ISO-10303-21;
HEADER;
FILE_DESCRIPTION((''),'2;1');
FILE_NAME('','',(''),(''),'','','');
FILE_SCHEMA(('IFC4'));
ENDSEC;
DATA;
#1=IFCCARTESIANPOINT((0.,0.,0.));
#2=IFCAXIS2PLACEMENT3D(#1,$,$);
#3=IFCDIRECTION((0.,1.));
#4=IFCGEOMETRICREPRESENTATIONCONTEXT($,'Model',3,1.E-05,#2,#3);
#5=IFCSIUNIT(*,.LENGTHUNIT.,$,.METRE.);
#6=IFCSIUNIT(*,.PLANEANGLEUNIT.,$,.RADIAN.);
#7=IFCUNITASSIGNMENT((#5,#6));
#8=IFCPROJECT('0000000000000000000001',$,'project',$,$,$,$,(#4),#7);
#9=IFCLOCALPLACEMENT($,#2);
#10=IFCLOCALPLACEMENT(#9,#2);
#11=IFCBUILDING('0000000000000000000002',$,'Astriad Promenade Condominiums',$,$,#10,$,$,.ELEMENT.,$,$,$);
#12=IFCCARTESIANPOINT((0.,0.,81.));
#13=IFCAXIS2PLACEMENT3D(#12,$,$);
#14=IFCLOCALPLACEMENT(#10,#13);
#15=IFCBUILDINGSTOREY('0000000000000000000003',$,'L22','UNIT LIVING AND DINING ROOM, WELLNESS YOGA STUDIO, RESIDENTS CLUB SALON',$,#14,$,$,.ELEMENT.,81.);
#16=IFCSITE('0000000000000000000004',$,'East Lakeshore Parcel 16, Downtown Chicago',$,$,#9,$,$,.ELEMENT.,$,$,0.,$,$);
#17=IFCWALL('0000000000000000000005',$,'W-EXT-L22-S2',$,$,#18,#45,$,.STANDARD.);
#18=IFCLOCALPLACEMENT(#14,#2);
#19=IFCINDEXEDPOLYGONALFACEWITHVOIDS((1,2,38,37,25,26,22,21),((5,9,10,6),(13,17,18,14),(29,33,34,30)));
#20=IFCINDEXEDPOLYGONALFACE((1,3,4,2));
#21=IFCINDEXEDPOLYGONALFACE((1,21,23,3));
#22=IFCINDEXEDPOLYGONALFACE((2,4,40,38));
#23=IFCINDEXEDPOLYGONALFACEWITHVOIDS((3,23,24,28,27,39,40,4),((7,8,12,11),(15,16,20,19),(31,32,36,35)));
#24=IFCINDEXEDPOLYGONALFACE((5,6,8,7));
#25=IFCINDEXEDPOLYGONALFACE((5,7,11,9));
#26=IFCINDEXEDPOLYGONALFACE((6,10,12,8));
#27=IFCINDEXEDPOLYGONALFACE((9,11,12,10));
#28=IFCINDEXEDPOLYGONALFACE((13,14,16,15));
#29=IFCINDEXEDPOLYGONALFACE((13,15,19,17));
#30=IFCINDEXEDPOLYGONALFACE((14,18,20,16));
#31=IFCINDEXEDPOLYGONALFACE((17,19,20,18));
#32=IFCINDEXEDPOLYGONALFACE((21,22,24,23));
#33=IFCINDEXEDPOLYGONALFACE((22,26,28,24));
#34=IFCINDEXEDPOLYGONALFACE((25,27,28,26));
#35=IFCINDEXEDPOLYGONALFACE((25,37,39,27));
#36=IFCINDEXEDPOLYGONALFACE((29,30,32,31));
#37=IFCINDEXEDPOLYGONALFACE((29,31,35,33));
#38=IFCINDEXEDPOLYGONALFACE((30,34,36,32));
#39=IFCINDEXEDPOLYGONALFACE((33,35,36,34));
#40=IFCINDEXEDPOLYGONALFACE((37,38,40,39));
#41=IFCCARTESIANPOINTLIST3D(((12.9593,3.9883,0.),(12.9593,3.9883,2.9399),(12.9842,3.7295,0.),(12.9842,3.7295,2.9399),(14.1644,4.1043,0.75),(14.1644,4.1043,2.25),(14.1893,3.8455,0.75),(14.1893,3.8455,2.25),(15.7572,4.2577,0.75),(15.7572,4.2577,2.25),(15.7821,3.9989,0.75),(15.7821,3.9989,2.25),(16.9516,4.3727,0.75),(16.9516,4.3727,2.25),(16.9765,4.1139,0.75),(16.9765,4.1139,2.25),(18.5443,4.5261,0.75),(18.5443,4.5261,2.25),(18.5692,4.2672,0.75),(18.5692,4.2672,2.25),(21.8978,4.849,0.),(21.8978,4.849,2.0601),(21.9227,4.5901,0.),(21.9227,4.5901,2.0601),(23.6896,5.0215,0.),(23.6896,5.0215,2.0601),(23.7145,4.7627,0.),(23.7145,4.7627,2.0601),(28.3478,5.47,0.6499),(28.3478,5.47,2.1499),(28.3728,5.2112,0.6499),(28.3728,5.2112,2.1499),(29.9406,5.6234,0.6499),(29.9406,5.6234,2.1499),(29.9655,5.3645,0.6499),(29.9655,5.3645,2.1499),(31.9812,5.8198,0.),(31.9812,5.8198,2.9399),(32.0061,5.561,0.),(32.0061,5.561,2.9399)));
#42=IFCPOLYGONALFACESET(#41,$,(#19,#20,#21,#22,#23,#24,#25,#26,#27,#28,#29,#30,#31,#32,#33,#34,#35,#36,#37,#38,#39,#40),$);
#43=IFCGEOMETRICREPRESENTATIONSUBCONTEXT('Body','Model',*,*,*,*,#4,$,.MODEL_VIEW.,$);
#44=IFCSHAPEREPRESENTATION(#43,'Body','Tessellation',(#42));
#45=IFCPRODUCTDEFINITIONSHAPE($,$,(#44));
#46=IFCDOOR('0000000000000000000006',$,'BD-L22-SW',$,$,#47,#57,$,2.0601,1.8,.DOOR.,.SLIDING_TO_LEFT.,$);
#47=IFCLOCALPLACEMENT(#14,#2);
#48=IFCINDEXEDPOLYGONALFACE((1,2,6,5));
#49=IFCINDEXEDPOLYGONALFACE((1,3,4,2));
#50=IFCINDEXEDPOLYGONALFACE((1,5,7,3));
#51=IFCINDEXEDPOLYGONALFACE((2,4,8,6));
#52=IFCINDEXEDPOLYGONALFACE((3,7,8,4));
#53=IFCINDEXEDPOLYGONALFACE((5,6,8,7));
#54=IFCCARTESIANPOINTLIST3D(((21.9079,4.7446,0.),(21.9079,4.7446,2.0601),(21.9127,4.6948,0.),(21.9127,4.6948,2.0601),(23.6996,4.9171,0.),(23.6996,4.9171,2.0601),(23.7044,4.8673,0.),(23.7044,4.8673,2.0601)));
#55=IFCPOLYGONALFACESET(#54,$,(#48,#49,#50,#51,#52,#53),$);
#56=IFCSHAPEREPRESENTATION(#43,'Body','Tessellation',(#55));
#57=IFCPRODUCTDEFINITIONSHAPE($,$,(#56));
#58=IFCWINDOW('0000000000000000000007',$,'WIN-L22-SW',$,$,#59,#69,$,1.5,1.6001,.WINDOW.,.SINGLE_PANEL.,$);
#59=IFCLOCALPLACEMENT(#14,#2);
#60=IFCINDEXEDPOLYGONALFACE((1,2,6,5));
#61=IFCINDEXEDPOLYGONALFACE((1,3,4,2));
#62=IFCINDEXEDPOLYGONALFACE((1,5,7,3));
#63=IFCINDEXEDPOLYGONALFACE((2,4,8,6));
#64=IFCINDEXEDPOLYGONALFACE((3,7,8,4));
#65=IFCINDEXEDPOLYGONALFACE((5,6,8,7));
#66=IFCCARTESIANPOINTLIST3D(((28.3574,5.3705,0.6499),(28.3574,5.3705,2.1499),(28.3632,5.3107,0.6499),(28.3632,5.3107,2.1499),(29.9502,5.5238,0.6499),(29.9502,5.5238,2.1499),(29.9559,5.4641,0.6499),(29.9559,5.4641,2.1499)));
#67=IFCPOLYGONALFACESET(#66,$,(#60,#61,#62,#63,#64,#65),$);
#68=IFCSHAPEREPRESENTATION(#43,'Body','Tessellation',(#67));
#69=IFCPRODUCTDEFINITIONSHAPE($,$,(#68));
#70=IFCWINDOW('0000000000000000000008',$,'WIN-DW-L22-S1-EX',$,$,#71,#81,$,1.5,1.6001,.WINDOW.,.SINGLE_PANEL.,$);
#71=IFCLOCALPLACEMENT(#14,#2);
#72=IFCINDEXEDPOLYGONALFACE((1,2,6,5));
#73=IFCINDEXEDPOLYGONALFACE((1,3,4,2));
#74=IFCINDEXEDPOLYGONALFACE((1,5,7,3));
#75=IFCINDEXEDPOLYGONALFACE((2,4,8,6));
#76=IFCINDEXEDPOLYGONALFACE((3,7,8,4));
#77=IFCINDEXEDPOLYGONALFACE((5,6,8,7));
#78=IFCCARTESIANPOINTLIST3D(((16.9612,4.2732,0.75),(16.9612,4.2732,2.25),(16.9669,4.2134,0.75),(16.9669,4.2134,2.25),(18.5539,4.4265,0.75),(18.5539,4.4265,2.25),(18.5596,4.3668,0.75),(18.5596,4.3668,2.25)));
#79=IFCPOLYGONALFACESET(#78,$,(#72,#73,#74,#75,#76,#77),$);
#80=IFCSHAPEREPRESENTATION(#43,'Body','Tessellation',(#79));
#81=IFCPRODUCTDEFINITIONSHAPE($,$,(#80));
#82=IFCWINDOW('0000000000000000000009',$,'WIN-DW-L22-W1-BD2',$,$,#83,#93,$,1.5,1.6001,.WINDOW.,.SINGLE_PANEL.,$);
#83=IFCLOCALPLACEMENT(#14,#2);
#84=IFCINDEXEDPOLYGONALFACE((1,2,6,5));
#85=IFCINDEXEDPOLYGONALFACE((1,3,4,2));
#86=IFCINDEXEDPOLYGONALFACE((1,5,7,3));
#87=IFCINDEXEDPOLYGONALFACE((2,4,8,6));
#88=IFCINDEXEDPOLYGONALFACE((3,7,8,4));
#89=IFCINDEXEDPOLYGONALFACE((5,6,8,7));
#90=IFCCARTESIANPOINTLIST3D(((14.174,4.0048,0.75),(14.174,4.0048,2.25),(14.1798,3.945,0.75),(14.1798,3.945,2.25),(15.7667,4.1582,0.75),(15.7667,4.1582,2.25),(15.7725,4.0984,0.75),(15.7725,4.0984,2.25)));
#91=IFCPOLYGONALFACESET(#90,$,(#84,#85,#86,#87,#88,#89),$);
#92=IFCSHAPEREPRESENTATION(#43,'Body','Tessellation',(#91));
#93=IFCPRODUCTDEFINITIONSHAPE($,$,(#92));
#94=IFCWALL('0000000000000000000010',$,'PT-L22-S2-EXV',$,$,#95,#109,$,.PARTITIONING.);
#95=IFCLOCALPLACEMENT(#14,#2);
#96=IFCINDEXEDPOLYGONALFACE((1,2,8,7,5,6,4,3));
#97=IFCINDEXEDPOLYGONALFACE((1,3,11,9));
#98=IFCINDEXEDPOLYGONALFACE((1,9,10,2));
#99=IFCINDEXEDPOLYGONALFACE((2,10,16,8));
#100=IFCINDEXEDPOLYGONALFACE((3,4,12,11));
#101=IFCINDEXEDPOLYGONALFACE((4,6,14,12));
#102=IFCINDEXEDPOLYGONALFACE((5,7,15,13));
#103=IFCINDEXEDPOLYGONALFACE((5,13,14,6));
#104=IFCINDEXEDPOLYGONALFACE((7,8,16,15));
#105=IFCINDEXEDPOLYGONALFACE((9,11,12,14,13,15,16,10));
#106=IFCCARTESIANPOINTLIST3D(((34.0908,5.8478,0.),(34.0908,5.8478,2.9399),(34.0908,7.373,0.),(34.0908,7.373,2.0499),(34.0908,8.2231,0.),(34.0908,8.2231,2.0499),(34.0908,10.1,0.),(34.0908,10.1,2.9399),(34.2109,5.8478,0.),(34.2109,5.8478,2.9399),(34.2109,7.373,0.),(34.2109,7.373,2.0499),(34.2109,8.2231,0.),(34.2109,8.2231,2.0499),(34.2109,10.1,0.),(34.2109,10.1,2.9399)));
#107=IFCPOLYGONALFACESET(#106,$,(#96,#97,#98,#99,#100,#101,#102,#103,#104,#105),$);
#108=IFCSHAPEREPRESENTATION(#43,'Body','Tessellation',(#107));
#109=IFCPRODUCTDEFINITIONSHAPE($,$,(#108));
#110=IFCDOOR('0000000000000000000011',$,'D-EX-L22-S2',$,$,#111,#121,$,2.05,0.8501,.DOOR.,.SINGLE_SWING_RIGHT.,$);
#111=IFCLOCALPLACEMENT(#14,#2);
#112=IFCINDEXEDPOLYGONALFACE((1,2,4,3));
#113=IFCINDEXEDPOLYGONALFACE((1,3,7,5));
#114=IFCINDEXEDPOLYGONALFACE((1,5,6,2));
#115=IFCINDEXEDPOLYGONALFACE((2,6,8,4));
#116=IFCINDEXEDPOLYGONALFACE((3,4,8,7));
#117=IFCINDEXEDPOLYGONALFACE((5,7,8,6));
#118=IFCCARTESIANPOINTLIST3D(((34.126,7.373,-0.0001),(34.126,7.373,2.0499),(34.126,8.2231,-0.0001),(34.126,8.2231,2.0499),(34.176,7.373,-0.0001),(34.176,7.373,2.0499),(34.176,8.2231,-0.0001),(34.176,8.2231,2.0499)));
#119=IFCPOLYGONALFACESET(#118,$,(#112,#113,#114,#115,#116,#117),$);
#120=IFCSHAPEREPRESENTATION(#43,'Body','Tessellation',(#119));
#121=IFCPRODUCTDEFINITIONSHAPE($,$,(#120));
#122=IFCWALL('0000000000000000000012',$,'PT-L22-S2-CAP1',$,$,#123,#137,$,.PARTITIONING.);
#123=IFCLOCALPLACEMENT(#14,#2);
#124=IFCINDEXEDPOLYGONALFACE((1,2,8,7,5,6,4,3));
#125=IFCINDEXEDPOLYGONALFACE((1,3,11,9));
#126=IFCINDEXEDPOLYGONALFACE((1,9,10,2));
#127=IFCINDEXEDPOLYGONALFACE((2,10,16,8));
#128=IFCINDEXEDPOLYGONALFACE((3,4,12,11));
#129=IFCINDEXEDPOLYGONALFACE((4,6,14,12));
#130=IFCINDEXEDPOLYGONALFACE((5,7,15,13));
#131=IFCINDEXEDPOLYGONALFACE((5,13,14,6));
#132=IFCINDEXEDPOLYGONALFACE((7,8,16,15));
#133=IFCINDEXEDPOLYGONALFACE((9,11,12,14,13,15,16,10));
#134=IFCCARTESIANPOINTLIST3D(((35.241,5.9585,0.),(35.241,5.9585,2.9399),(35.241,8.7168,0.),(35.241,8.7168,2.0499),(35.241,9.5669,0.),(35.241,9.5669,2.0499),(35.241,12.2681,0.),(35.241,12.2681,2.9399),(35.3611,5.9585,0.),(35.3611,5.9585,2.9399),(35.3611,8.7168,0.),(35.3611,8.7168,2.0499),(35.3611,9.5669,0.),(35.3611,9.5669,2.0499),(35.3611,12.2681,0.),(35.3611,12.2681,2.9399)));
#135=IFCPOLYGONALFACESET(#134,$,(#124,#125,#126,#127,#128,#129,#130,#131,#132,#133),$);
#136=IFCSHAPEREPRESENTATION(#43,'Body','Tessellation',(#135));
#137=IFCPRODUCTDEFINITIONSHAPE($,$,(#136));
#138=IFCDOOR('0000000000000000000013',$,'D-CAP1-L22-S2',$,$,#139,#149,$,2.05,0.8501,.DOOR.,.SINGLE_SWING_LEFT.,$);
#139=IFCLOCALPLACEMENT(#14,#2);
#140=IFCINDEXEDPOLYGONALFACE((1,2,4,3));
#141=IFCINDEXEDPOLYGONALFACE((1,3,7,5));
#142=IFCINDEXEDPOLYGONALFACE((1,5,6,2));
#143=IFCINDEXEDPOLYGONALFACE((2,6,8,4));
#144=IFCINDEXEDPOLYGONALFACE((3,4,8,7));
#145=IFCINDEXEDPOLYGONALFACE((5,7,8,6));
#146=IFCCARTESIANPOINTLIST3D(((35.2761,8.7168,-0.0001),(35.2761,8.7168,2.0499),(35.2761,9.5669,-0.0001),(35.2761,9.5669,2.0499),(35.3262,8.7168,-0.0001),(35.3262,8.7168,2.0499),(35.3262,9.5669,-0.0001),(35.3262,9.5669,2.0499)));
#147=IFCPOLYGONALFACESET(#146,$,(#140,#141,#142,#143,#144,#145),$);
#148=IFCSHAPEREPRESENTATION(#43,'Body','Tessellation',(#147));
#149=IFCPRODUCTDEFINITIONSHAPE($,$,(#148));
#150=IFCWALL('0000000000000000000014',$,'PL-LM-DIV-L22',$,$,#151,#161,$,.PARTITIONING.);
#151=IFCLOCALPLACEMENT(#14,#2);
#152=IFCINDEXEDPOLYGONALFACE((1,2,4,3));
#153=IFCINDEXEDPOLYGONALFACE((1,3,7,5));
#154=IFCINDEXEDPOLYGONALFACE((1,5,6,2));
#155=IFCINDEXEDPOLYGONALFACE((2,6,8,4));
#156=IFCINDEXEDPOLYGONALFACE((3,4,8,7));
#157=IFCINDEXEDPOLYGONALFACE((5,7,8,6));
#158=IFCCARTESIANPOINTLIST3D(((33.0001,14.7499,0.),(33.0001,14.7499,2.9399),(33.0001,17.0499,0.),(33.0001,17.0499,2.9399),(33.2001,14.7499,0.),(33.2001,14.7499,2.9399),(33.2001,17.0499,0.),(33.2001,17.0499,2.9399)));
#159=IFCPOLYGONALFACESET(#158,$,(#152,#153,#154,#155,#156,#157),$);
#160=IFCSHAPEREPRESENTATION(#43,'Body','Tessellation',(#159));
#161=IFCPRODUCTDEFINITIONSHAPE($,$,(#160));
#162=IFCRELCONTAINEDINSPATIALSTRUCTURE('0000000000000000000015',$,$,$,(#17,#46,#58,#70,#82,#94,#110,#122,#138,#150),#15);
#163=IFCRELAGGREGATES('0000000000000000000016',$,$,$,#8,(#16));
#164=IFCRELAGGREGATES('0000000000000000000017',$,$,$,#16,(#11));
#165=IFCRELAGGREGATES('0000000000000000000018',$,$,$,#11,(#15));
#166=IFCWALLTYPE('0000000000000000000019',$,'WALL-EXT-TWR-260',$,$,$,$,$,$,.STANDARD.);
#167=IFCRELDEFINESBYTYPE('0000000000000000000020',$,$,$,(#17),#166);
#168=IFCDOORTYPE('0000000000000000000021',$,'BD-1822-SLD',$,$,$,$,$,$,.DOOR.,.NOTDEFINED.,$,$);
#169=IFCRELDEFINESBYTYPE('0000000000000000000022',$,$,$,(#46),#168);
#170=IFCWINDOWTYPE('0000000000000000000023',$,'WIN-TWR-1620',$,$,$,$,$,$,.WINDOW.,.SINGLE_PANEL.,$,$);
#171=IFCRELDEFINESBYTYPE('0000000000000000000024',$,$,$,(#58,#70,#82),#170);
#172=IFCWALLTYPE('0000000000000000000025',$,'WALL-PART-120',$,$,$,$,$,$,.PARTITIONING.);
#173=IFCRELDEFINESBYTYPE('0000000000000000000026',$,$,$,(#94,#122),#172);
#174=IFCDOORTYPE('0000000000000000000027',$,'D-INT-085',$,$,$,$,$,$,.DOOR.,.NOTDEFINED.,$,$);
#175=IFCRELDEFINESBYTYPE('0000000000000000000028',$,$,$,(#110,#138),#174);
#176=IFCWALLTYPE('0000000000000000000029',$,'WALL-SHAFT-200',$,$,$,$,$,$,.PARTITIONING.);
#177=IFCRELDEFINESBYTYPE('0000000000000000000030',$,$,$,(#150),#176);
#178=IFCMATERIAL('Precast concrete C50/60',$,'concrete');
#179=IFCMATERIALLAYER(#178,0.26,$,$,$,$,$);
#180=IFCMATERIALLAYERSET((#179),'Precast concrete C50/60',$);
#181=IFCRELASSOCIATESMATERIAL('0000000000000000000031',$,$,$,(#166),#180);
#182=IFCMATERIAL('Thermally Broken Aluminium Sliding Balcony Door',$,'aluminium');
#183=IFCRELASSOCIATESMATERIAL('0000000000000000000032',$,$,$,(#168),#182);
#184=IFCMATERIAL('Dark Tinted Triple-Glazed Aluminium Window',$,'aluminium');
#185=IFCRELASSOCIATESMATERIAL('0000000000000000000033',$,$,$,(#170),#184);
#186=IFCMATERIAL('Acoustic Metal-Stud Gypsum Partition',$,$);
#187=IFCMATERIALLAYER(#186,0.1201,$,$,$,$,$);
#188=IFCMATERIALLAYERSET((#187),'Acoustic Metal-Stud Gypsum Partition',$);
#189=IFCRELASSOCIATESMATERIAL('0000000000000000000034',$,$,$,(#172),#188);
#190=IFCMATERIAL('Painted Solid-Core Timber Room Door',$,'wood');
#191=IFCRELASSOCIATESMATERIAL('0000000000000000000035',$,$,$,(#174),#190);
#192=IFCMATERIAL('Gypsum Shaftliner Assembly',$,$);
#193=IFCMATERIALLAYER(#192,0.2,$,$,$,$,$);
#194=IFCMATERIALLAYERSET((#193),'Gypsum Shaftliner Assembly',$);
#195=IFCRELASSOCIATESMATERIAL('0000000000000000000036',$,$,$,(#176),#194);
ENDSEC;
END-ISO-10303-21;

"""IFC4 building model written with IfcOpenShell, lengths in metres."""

from ifc_helpers import new_model, si_unit, direction, frame, frame_2d, origin, place, context, subcontext, project, spatial, rectangle, extrude, source, transform, mapped, material, layer, layer_set, type_object, type_shapes, element, fill, save


model = new_model("IFC4")

# Units and contexts
model_context = context("Model", 3, precision=1e-05, world=origin(), true_north=direction((0.0, 1.0)))
body_context = subcontext(model_context, "Body", "Model", "MODEL_VIEW")
ifc_project = project(units=[si_unit("LENGTHUNIT", "METRE"), si_unit("PLANEANGLEUNIT", "RADIAN")], contexts=[model_context])

# Site, building, storey
site_placement = place(None, origin())
site = spatial("IfcSite", under=ifc_project, at=site_placement, Name="East Lakeshore Parcel 16, Downtown Chicago", CompositionType="ELEMENT", RefElevation=0.0)
building_placement = place(site_placement, origin())
building = spatial("IfcBuilding", under=site, at=building_placement, Name="Astriad Promenade Condominiums", CompositionType="ELEMENT")
storey_placement = place(building_placement, frame((0.0, 0.0, 81.0)))
storey = spatial("IfcBuildingStorey", under=building, at=storey_placement, Name="L22", Description="UNIT LIVING AND DINING ROOM, WELLNESS YOGA STUDIO, RESIDENTS CLUB SALON", CompositionType="ELEMENT", Elevation=81.0)

# Wall, openings, door, windows
ifc_material_1 = material(Name="Precast concrete C50/60", Category="concrete")
ifc_layer_1 = layer(ifc_material_1, 0.26)
ifc_layer_set_1 = layer_set([ifc_layer_1], Name="Precast concrete C50/60")
wall_type_1 = type_object("IfcWallType", Name="WALL-EXT-TWR-260", PredefinedType="STANDARD", material=ifc_layer_set_1)
wall_1_placement = place(storey_placement, frame((31.9937, 5.6904, 0.0), z_axis=(0.0, 0.0, 1.0), x_axis=(-0.995397, -0.095842, 0.0)))
wall_1 = element("IfcWall", 1, at=wall_1_placement, inside=storey, type_object=wall_type_1, Name="W-EXT-L22-S2", PredefinedType="STANDARD", context=body_context, shape_type="SweptSolid", body=[
    extrude(rectangle(XDim=19.1099, YDim=0.26, at=frame_2d((9.5549, 0.0))), origin(), (0.0, 0.0, 1.0), 2.9399),
])
opening_1_placement = place(wall_1_placement, frame((8.3301, 0.0, 0.0)))
opening_1 = element("IfcOpeningElement", 2, at=opening_1_placement, cuts=wall_1, PredefinedType="OPENING", context=body_context, shape_type="SweptSolid", body=[
    extrude(rectangle(XDim=1.8, YDim=2.0601, at=frame_2d((0.8999, 1.03))), frame((0.0, 0.1399, 0.0), z_axis=(0.0, -1.0, 0.0), x_axis=(1.0, 0.0, 0.0)), (0.0, 0.0, 1.0), 0.28),
])
opening_2_placement = place(wall_1_placement, frame((2.05, 0.0, 0.6499)))
opening_2 = element("IfcOpeningElement", 3, at=opening_2_placement, cuts=wall_1, PredefinedType="OPENING", context=body_context, shape_type="SweptSolid", body=[
    extrude(rectangle(XDim=1.6001, YDim=1.5, at=frame_2d((0.8, 0.75))), frame((0.0, 0.1399, 0.0), z_axis=(0.0, -1.0, 0.0), x_axis=(1.0, 0.0, 0.0)), (0.0, 0.0, 1.0), 0.28),
])
opening_3_placement = place(wall_1_placement, frame((13.499, 0.0, 0.75)))
opening_3 = element("IfcOpeningElement", 4, at=opening_3_placement, cuts=wall_1, PredefinedType="OPENING", context=body_context, shape_type="SweptSolid", body=[
    extrude(rectangle(XDim=1.6001, YDim=1.5, at=frame_2d((0.8, 0.75))), frame((0.0, 0.1399, 0.0), z_axis=(0.0, -1.0, 0.0), x_axis=(1.0, 0.0, 0.0)), (0.0, 0.0, 1.0), 0.28),
])
opening_4_placement = place(wall_1_placement, frame((16.2991, 0.0, 0.75)))
opening_4 = element("IfcOpeningElement", 5, at=opening_4_placement, cuts=wall_1, PredefinedType="OPENING", context=body_context, shape_type="SweptSolid", body=[
    extrude(rectangle(XDim=1.6001, YDim=1.5, at=frame_2d((0.8, 0.75))), frame((0.0, 0.1399, 0.0), z_axis=(0.0, -1.0, 0.0), x_axis=(1.0, 0.0, 0.0)), (0.0, 0.0, 1.0), 0.28),
])
ifc_material_2 = material(Name="Thermally Broken Aluminium Sliding Balcony Door", Category="aluminium")
door_type_1 = type_object("IfcDoorType", Name="BD-1822-SLD", OperationType="NOTDEFINED", PredefinedType="DOOR", material=ifc_material_2)
shared_shape_1 = source(origin(), body_context, "Body", "SweptSolid", [
    extrude(rectangle(XDim=1.8, YDim=2.0601, at=frame_2d((0.8999, 1.03))), frame((0.0, 0.0249, 0.0), z_axis=(0.0, -1.0, 0.0), x_axis=(1.0, 0.0, 0.0)), (0.0, 0.0, 1.0), 0.05),
])
type_shapes(door_type_1, [shared_shape_1])
door_1_placement = place(opening_1_placement, origin())
door_1 = element("IfcDoor", 6, at=door_1_placement, inside=storey, type_object=door_type_1, Name="BD-L22-SW", OperationType="SLIDING_TO_LEFT", OverallHeight=2.0601, OverallWidth=1.8, PredefinedType="DOOR", context=body_context, shape_type="MappedRepresentation", body=[
    mapped(shared_shape_1, transform((0.0, 0.0, 0.0), scale=1.0)),
])
fill(opening_1, door_1)
ifc_material_3 = material(Name="Dark Tinted Triple-Glazed Aluminium Window", Category="aluminium")
window_type = type_object("IfcWindowType", Name="WIN-TWR-1620", PartitioningType="SINGLE_PANEL", PredefinedType="WINDOW", material=ifc_material_3)
shared_shape_2 = source(origin(), body_context, "Body", "SweptSolid", [
    extrude(rectangle(XDim=1.6001, YDim=1.5, at=frame_2d((0.8, 0.75))), frame((0.0, 0.03, 0.0), z_axis=(0.0, -1.0, 0.0), x_axis=(1.0, 0.0, 0.0)), (0.0, 0.0, 1.0), 0.0601),
])
type_shapes(window_type, [shared_shape_2])
window_1_placement = place(opening_2_placement, origin())
window_1 = element("IfcWindow", 7, at=window_1_placement, inside=storey, type_object=window_type, Name="WIN-L22-SW", OverallHeight=1.5, OverallWidth=1.6001, PartitioningType="SINGLE_PANEL", PredefinedType="WINDOW", context=body_context, shape_type="MappedRepresentation", body=[
    mapped(shared_shape_2, transform((0.0, 0.0, 0.0), scale=1.0)),
])
fill(opening_2, window_1)
window_2_placement = place(opening_3_placement, origin())
window_2 = element("IfcWindow", 8, at=window_2_placement, inside=storey, type_object=window_type, Name="WIN-DW-L22-S1-EX", OverallHeight=1.5, OverallWidth=1.6001, PartitioningType="SINGLE_PANEL", PredefinedType="WINDOW", context=body_context, shape_type="MappedRepresentation", body=[
    mapped(shared_shape_2, transform((0.0, 0.0, 0.0), scale=1.0)),
])
fill(opening_3, window_2)
window_3_placement = place(opening_4_placement, origin())
window_3 = element("IfcWindow", 9, at=window_3_placement, inside=storey, type_object=window_type, Name="WIN-DW-L22-W1-BD2", OverallHeight=1.5, OverallWidth=1.6001, PartitioningType="SINGLE_PANEL", PredefinedType="WINDOW", context=body_context, shape_type="MappedRepresentation", body=[
    mapped(shared_shape_2, transform((0.0, 0.0, 0.0), scale=1.0)),
])
fill(opening_4, window_3)

# Walls, openings, doors
ifc_material_4 = material(Name="Acoustic Metal-Stud Gypsum Partition")
ifc_layer_2 = layer(ifc_material_4, 0.1201)
ifc_layer_set_2 = layer_set([ifc_layer_2], Name="Acoustic Metal-Stud Gypsum Partition")
wall_type_2 = type_object("IfcWallType", Name="WALL-PART-120", PredefinedType="PARTITIONING", material=ifc_layer_set_2)
wall_2_placement = place(storey_placement, frame((34.1509, 5.8479, 0.0), z_axis=(0.0, 0.0, 1.0), x_axis=(0.0, 1.0, 0.0)))
wall_2 = element("IfcWall", 10, at=wall_2_placement, inside=storey, type_object=wall_type_2, Name="PT-L22-S2-EXV", PredefinedType="PARTITIONING", context=body_context, shape_type="SweptSolid", body=[
    extrude(rectangle(XDim=4.2522, YDim=0.1201, at=frame_2d((2.126, 0.0))), origin(), (0.0, 0.0, 1.0), 2.9399),
])
opening_5_placement = place(wall_2_placement, frame((1.5251, 0.0, 0.0)))
opening_5 = element("IfcOpeningElement", 11, at=opening_5_placement, cuts=wall_2, PredefinedType="OPENING", context=body_context, shape_type="SweptSolid", body=[
    extrude(rectangle(XDim=0.8501, YDim=2.05, at=frame_2d((0.425, 1.0249))), frame((0.0, 0.0701, 0.0), z_axis=(0.0, -1.0, 0.0), x_axis=(1.0, 0.0, 0.0)), (0.0, 0.0, 1.0), 0.1401),
])
ifc_material_5 = material(Name="Painted Solid-Core Timber Room Door", Category="wood")
door_type_2 = type_object("IfcDoorType", Name="D-INT-085", OperationType="NOTDEFINED", PredefinedType="DOOR", material=ifc_material_5)
shared_shape_3 = source(origin(), body_context, "Body", "SweptSolid", [
    extrude(rectangle(XDim=0.8501, YDim=2.05, at=frame_2d((0.425, 1.0249))), frame((0.0, 0.0249, 0.0), z_axis=(0.0, -1.0, 0.0), x_axis=(1.0, 0.0, 0.0)), (0.0, 0.0, 1.0), 0.05),
])
type_shapes(door_type_2, [shared_shape_3])
door_2_placement = place(opening_5_placement, origin())
door_2 = element("IfcDoor", 12, at=door_2_placement, inside=storey, type_object=door_type_2, Name="D-EX-L22-S2", OperationType="SINGLE_SWING_RIGHT", OverallHeight=2.05, OverallWidth=0.8501, PredefinedType="DOOR", context=body_context, shape_type="MappedRepresentation", body=[
    mapped(shared_shape_3, transform((0.0, 0.0, 0.0), scale=1.0)),
])
fill(opening_5, door_2)
wall_3_placement = place(storey_placement, frame((35.301, 5.9585, 0.0), z_axis=(0.0, 0.0, 1.0), x_axis=(0.0, 1.0, 0.0)))
wall_3 = element("IfcWall", 13, at=wall_3_placement, inside=storey, type_object=wall_type_2, Name="PT-L22-S2-CAP1", PredefinedType="PARTITIONING", context=body_context, shape_type="SweptSolid", body=[
    extrude(rectangle(XDim=6.3096, YDim=0.1201, at=frame_2d((3.1548, 0.0))), origin(), (0.0, 0.0, 1.0), 2.9399),
])
opening_6_placement = place(wall_3_placement, frame((2.7583, 0.0, 0.0)))
opening_6 = element("IfcOpeningElement", 14, at=opening_6_placement, cuts=wall_3, PredefinedType="OPENING", context=body_context, shape_type="SweptSolid", body=[
    extrude(rectangle(XDim=0.8501, YDim=2.05, at=frame_2d((0.425, 1.0249))), frame((0.0, 0.0701, 0.0), z_axis=(0.0, -1.0, 0.0), x_axis=(1.0, 0.0, 0.0)), (0.0, 0.0, 1.0), 0.1401),
])
door_3_placement = place(opening_6_placement, origin())
door_3 = element("IfcDoor", 15, at=door_3_placement, inside=storey, type_object=door_type_2, Name="D-CAP1-L22-S2", OperationType="SINGLE_SWING_LEFT", OverallHeight=2.05, OverallWidth=0.8501, PredefinedType="DOOR", context=body_context, shape_type="MappedRepresentation", body=[
    mapped(shared_shape_3, transform((0.0, 0.0, 0.0), scale=1.0)),
])
fill(opening_6, door_3)

# Wall
ifc_material_6 = material(Name="Gypsum Shaftliner Assembly")
ifc_layer_3 = layer(ifc_material_6, 0.2)
ifc_layer_set_3 = layer_set([ifc_layer_3], Name="Gypsum Shaftliner Assembly")
wall_type_3 = type_object("IfcWallType", Name="WALL-SHAFT-200", PredefinedType="PARTITIONING", material=ifc_layer_set_3)
wall_4_placement = place(storey_placement, frame((33.1001, 14.75, 0.0), z_axis=(0.0, 0.0, 1.0), x_axis=(0.0, 1.0, 0.0)))
element("IfcWall", 16, at=wall_4_placement, inside=storey, type_object=wall_type_3, Name="PL-LM-DIV-L22", PredefinedType="PARTITIONING", context=body_context, shape_type="SweptSolid", body=[
    extrude(rectangle(XDim=2.3, YDim=0.2, at=frame_2d((1.1499, 0.0))), origin(), (0.0, 0.0, 1.0), 2.9399),
])

save(model, "model.ifc")
